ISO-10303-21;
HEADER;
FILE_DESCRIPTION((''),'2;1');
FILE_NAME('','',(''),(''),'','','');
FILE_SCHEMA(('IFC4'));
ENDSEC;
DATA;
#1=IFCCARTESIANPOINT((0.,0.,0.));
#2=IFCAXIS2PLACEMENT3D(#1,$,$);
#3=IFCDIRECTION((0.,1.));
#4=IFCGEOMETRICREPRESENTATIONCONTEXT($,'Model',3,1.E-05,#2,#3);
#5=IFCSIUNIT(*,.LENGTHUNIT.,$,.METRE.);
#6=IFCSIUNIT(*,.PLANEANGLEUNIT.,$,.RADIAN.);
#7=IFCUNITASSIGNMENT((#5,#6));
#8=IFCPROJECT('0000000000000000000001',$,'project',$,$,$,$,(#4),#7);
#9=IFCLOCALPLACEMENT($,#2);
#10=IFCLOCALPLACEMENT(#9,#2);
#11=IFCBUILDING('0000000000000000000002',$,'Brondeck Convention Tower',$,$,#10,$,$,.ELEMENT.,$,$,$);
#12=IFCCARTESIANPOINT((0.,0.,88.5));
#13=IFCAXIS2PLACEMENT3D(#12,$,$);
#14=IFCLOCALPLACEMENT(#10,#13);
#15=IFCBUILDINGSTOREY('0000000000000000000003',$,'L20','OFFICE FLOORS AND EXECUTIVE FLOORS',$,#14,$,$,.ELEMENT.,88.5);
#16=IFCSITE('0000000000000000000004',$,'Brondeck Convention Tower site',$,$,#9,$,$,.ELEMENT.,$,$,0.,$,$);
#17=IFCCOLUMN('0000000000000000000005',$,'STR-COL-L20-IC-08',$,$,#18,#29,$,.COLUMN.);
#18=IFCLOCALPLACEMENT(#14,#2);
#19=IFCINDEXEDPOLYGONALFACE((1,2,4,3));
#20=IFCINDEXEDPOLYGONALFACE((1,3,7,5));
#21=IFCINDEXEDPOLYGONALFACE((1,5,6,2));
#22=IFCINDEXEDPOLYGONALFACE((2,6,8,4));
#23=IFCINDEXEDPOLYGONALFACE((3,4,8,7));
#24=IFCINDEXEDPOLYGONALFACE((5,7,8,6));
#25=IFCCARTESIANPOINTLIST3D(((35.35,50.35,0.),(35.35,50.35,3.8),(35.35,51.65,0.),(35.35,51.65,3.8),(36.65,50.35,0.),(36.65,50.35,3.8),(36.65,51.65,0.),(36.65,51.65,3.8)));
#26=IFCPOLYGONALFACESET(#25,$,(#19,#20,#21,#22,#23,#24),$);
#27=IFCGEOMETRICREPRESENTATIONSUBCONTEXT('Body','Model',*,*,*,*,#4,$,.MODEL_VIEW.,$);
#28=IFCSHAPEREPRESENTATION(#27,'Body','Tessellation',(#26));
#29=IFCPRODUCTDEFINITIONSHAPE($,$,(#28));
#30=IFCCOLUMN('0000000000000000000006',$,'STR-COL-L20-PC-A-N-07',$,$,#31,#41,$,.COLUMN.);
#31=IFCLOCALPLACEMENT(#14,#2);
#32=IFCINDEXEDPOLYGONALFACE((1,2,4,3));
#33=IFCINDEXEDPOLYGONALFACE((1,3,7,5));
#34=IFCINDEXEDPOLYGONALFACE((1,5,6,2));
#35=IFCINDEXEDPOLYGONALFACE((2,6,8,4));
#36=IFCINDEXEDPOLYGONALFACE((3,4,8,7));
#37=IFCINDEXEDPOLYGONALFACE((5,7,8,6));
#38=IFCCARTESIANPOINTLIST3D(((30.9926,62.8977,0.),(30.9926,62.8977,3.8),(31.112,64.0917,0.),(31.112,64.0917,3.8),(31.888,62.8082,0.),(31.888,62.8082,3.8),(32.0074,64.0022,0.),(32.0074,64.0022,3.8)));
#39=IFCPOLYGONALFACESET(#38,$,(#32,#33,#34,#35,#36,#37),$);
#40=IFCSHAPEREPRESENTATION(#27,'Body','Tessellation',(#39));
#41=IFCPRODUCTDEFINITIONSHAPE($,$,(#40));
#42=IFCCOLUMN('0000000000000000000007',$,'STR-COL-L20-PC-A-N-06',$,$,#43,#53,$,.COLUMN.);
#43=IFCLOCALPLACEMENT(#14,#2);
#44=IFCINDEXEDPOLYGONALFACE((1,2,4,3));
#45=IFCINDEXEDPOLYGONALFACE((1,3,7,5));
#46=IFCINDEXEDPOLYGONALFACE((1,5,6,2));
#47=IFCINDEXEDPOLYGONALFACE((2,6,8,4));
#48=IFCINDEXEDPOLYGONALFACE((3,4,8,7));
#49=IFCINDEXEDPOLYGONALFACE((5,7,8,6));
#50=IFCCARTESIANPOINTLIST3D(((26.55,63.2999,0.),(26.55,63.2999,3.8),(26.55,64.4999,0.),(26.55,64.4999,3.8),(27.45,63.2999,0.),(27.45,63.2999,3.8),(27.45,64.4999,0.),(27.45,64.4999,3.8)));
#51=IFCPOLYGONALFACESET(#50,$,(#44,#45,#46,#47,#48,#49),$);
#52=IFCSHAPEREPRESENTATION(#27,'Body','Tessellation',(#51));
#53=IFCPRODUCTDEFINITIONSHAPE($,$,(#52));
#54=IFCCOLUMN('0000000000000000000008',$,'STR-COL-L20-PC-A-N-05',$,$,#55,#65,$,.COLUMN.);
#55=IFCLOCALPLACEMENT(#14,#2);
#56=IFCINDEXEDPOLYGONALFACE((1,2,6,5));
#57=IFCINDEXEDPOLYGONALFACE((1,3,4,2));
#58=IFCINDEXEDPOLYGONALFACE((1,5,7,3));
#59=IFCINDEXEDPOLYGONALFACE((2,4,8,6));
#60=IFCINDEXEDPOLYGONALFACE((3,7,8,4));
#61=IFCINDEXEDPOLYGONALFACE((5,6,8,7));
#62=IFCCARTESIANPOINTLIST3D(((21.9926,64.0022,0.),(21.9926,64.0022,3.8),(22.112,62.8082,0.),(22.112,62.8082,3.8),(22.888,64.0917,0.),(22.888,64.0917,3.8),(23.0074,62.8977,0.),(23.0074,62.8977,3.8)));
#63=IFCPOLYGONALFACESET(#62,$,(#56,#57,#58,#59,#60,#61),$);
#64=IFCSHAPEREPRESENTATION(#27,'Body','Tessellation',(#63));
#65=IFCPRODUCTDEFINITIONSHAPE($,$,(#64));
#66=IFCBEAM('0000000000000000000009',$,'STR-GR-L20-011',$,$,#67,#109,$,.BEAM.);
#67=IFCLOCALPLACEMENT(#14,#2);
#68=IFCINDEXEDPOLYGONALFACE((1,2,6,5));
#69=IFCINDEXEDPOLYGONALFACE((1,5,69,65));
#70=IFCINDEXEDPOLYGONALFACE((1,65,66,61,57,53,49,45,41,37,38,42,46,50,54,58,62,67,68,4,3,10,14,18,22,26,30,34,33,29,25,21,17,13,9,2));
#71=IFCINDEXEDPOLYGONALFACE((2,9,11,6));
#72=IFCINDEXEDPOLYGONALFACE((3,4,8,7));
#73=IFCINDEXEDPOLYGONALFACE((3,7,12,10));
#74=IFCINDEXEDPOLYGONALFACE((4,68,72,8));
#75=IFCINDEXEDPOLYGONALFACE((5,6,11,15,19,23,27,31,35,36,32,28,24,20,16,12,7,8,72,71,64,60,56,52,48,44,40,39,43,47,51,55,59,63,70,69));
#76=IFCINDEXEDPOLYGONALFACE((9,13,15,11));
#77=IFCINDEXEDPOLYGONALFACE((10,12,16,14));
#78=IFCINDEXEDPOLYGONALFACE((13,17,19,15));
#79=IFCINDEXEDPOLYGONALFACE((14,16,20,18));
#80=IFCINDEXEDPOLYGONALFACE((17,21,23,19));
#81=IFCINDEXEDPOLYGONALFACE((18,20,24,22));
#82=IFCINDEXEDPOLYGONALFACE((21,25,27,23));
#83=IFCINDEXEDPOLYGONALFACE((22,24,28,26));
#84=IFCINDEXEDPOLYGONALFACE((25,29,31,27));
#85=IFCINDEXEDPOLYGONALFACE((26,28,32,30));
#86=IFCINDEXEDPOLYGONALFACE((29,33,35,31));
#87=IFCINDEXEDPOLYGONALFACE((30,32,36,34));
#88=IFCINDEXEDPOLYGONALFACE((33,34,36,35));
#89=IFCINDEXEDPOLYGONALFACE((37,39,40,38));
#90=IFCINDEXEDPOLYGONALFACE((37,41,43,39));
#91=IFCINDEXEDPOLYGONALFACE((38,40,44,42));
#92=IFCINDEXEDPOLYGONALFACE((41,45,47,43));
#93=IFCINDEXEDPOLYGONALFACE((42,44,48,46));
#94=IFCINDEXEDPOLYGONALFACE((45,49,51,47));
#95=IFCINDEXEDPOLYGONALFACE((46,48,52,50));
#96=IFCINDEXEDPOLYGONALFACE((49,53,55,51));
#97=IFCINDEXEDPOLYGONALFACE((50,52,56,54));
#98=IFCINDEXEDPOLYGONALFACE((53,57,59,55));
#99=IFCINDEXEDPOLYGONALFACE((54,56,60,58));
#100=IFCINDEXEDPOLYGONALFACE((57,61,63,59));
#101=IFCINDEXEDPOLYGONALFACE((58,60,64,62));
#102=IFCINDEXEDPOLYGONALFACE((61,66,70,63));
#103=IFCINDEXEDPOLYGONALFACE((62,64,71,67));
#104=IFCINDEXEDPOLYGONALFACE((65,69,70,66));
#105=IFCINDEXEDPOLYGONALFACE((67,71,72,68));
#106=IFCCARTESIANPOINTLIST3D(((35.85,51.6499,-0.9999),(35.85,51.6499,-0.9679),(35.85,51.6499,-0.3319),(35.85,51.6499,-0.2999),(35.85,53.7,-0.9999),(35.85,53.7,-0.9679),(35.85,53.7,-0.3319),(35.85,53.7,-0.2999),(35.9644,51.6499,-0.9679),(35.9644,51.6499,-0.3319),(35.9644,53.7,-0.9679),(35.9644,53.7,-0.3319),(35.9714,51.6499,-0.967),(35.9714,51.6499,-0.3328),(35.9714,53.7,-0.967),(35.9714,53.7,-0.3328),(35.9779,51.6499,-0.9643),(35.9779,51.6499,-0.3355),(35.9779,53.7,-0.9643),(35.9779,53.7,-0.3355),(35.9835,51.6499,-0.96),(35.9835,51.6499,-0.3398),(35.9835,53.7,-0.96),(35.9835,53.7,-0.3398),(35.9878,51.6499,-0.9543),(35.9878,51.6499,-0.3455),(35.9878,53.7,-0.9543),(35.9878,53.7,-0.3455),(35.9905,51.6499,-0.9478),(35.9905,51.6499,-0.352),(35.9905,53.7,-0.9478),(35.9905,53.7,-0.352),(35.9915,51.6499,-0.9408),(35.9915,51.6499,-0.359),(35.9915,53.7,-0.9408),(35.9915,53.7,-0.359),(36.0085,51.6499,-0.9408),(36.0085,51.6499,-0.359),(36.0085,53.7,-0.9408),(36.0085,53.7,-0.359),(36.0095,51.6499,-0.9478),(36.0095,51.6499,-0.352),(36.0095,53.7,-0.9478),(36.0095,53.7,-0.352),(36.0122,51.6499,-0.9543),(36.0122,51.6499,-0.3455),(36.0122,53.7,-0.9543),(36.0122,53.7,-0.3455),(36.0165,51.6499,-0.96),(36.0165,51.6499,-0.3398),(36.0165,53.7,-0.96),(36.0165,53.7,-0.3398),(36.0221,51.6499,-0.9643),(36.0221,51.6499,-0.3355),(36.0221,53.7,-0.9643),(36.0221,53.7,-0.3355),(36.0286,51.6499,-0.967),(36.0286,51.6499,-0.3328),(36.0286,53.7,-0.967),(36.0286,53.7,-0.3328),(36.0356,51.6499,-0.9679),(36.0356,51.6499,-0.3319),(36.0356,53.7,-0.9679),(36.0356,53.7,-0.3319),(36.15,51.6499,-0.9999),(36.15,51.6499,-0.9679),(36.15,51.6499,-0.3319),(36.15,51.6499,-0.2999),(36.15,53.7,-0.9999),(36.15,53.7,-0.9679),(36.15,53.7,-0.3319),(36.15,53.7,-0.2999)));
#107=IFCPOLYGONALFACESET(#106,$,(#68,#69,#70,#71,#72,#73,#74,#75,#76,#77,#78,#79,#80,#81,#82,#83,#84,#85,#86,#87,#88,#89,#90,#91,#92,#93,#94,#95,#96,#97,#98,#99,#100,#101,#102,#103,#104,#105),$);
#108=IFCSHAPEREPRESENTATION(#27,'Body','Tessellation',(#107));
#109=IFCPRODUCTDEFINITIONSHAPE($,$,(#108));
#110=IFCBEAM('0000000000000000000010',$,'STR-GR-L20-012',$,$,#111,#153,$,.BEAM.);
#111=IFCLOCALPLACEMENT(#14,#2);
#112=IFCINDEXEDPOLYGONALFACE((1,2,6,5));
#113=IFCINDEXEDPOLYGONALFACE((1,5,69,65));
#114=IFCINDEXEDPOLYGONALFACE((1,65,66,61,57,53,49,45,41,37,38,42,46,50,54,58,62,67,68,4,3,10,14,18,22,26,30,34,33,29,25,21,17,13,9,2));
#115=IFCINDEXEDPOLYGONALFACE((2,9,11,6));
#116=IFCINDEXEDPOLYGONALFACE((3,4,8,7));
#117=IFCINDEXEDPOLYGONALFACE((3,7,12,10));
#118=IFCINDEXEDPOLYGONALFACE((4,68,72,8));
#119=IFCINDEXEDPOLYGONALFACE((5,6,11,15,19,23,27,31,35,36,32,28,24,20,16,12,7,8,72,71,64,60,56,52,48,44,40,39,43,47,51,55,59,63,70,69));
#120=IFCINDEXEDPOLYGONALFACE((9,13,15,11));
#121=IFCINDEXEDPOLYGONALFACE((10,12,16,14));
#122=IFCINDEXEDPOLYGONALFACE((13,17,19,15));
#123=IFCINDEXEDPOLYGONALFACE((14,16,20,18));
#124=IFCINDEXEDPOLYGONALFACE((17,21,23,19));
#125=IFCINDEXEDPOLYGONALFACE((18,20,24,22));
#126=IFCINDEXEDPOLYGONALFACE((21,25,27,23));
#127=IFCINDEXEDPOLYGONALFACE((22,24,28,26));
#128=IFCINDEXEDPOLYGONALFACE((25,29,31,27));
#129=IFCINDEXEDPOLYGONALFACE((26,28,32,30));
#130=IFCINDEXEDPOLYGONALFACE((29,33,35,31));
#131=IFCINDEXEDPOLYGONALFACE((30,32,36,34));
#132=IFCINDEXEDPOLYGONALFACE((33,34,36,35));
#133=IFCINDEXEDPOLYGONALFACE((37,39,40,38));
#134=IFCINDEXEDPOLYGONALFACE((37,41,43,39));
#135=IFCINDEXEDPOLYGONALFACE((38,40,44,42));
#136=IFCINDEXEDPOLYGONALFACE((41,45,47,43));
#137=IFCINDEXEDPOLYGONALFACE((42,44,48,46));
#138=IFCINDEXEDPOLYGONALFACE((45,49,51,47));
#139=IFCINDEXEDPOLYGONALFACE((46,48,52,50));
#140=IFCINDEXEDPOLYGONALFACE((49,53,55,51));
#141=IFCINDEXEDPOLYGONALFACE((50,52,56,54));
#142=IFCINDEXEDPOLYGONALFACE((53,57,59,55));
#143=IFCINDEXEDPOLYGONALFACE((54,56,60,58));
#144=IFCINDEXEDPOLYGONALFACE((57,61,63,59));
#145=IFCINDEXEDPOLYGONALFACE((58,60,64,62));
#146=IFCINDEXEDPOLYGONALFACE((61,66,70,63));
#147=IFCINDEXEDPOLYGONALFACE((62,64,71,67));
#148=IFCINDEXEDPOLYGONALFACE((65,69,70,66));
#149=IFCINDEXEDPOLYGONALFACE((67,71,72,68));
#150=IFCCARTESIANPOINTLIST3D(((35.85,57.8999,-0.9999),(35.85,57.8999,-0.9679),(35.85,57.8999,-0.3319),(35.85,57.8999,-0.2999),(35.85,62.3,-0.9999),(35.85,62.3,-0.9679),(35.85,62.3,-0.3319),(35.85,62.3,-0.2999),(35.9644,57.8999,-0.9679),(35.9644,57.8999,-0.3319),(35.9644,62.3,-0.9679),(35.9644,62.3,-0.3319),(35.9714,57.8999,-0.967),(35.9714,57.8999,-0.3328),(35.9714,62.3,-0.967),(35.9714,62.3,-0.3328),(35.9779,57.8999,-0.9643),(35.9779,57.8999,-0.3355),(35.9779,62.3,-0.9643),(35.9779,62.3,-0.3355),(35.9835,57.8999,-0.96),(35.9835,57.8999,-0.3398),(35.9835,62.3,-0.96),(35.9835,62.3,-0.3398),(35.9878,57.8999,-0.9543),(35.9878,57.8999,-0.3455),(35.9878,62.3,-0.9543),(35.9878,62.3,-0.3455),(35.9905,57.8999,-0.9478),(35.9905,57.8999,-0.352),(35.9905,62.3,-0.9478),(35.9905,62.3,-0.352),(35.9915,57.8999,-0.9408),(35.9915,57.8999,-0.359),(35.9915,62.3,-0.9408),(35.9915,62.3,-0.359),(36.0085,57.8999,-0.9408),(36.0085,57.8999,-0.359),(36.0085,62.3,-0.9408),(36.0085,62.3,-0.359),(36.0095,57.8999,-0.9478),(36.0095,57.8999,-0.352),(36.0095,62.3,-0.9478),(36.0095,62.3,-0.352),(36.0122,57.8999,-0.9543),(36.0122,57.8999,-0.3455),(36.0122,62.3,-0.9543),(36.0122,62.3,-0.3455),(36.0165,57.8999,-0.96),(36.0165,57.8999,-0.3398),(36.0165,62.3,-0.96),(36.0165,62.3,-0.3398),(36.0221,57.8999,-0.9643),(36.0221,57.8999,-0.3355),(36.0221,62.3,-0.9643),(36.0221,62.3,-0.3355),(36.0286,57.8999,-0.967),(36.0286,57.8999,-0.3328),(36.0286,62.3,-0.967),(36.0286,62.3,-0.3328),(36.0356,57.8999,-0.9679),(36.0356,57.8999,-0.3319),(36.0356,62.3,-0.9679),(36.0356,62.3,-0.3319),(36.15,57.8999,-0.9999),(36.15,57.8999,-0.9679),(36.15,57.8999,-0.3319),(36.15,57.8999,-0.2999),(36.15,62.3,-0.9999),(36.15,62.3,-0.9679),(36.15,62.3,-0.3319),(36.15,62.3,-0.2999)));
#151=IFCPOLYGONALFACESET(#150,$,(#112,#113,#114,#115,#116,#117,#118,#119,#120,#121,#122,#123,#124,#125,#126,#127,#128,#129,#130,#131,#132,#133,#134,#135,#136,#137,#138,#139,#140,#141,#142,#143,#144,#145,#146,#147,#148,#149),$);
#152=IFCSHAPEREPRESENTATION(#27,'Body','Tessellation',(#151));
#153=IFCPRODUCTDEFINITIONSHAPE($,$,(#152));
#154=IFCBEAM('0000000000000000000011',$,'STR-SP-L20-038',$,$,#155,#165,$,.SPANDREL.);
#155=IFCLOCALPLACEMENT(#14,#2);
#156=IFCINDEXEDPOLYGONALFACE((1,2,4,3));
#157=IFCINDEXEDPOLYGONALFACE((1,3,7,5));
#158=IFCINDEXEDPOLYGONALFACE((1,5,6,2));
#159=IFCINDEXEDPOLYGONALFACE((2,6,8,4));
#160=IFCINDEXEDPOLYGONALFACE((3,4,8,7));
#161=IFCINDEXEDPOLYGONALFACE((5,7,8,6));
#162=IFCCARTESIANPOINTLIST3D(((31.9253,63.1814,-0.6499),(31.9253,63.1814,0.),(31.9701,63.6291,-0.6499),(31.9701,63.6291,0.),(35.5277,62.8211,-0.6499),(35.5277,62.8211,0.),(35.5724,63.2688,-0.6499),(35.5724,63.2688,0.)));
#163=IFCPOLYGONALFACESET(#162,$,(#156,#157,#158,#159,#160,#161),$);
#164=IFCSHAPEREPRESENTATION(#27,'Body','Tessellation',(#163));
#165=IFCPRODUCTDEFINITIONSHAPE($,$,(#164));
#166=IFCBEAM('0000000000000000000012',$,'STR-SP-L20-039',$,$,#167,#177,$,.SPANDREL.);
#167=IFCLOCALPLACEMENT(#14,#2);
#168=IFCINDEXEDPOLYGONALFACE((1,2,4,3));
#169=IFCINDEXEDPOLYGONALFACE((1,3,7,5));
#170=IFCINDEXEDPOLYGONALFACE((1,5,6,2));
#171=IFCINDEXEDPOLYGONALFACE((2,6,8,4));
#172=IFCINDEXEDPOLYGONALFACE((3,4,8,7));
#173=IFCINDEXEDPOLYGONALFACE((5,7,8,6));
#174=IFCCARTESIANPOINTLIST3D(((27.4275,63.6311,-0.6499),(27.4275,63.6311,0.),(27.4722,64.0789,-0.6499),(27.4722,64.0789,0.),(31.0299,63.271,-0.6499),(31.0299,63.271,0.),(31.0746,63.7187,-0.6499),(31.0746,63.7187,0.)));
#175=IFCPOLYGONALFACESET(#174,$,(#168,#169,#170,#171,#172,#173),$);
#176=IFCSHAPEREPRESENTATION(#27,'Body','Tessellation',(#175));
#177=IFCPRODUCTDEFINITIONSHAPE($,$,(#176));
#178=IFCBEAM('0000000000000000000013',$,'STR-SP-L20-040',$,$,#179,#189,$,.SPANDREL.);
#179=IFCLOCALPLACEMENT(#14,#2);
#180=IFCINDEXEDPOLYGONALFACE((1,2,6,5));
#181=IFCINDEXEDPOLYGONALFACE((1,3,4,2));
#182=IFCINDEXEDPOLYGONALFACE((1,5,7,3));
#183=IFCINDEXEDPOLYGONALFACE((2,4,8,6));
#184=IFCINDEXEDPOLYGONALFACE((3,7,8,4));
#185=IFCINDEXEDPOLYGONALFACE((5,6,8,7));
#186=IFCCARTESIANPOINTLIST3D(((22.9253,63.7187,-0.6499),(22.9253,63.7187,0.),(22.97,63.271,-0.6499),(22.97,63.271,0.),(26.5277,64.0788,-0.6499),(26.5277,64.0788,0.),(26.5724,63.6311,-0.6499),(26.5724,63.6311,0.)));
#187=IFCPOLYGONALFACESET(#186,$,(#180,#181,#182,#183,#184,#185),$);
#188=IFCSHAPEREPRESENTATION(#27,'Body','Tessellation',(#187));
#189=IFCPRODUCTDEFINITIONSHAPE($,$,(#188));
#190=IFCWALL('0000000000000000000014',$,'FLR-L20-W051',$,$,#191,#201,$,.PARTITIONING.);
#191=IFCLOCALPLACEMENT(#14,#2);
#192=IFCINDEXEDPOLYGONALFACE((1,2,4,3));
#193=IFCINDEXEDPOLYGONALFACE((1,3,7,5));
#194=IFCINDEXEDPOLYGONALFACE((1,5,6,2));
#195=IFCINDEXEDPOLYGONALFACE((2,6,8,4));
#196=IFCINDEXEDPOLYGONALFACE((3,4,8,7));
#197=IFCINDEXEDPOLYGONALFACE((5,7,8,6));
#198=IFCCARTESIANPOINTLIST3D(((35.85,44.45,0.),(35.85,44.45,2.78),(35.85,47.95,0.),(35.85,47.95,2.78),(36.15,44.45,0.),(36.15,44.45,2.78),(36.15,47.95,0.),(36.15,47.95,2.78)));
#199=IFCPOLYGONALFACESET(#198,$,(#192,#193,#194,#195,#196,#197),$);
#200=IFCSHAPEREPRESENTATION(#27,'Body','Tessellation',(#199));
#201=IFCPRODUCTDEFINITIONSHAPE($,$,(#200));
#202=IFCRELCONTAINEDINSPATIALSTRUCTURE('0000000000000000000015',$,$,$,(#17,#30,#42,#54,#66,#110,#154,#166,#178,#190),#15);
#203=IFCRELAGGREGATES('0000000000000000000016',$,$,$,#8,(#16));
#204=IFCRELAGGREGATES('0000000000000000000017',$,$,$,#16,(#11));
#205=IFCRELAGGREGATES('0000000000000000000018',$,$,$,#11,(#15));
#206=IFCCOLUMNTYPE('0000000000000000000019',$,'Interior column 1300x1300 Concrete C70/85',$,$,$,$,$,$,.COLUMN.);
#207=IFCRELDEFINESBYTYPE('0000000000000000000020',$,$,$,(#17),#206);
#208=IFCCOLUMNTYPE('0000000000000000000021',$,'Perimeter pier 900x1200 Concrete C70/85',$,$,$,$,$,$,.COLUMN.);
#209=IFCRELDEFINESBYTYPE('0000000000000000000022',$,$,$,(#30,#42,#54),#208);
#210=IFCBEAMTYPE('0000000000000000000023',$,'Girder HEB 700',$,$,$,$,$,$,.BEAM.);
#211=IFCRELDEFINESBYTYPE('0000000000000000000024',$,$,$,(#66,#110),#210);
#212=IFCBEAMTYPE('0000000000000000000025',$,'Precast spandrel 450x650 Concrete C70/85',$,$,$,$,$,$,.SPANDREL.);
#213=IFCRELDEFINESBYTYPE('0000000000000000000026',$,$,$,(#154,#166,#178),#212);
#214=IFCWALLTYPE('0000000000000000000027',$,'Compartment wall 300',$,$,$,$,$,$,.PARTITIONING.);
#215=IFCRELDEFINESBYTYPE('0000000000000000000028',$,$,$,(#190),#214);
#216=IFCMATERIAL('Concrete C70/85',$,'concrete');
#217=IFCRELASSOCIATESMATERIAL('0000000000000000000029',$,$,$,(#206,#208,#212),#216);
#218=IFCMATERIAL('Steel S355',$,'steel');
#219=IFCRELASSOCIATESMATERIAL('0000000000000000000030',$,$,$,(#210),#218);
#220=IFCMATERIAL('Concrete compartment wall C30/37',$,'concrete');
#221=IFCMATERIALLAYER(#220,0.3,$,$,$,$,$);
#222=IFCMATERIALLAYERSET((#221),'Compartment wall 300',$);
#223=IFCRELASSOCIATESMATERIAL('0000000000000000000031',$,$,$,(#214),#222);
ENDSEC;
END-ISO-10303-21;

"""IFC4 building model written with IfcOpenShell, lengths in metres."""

from ifc_helpers import new_model, si_unit, direction, frame, frame_2d, origin, origin_2d, place, context, subcontext, project, spatial, rectangle, i_section, extrude, material, layer, layer_set, material_profile, profile_set, type_object, element, save


model = new_model("IFC4")

# Units and contexts
model_context = context("Model", 3, precision=1e-05, world=origin(), true_north=direction((0.0, 1.0)))
body_context = subcontext(model_context, "Body", "Model", "MODEL_VIEW")
ifc_project = project(units=[si_unit("LENGTHUNIT", "METRE"), si_unit("PLANEANGLEUNIT", "RADIAN")], contexts=[model_context])

# Site, building, storey
site_placement = place(None, origin())
site = spatial("IfcSite", under=ifc_project, at=site_placement, Name="Brondeck Convention Tower site", CompositionType="ELEMENT", RefElevation=0.0)
building_placement = place(site_placement, origin())
building = spatial("IfcBuilding", under=site, at=building_placement, Name="Brondeck Convention Tower", CompositionType="ELEMENT")
storey_placement = place(building_placement, frame((0.0, 0.0, 88.5)))
storey = spatial("IfcBuildingStorey", under=building, at=storey_placement, Name="L20", Description="OFFICE FLOORS AND EXECUTIVE FLOORS", CompositionType="ELEMENT", Elevation=88.5)

# Columns
ifc_material_1 = material(Name="Concrete C70/85", Category="concrete")
ifc_material_profile_1 = material_profile(ifc_material_1, rectangle(XDim=1.3, YDim=1.3, at=origin_2d()), Name="Interior column 1300x1300 Concrete C70/85")
ifc_profile_set_1 = profile_set([ifc_material_profile_1], Name="Concrete C70/85")
column_type_1 = type_object("IfcColumnType", Name="Interior column 1300x1300 Concrete C70/85", PredefinedType="COLUMN", material=ifc_profile_set_1)
column_placement = place(storey_placement, frame((36.0, 51.0, 0.0), z_axis=(0.0, 0.0, 1.0), x_axis=(1.0, 0.0, 0.0)))
element("IfcColumn", 1, at=column_placement, inside=storey, type_object=column_type_1, Name="STR-COL-L20-IC-08", PredefinedType="COLUMN", context=body_context, shape_type="SweptSolid", body=[
    extrude(rectangle(XDim=1.3, YDim=1.3, at=origin_2d()), origin(), (0.0, 0.0, 1.0), 3.8),
])
ifc_material_profile_2 = material_profile(ifc_material_1, rectangle(XDim=0.8999, YDim=1.2, at=origin_2d()), Name="Perimeter pier 900x1200 Concrete C70/85")
ifc_profile_set_2 = profile_set([ifc_material_profile_2], Name="Concrete C70/85")
column_type_2 = type_object("IfcColumnType", Name="Perimeter pier 900x1200 Concrete C70/85", PredefinedType="COLUMN", material=ifc_profile_set_2)
for number, where, z_axis, x_axis, name in (
    (2, (31.5, 63.45, 0.0), (0.0, 0.0, 1.0), (-0.995037, 0.099504, 0.0), "STR-COL-L20-PC-A-N-07"),
    (3, (27.0, 63.8999, 0.0), (0.0, 0.0, 1.0), (-1.0, 0.0, 0.0), "STR-COL-L20-PC-A-N-06"),
    (4, (22.5, 63.45, 0.0), (0.0, 0.0, 1.0), (-0.995037, -0.099504, 0.0), "STR-COL-L20-PC-A-N-05"),
):
    element("IfcColumn", number, at=place(storey_placement, frame(where, z_axis=z_axis, x_axis=x_axis)), inside=storey, type_object=column_type_2, Name=name, PredefinedType="COLUMN", context=body_context, shape_type="SweptSolid", body=[
        extrude(rectangle(XDim=0.8999, YDim=1.2, at=origin_2d()), origin(), (0.0, 0.0, 1.0), 3.8),
    ])

# Beams
ifc_material_2 = material(Name="Steel S355", Category="steel")
ifc_material_profile_3 = material_profile(ifc_material_2, i_section(OverallWidth=0.3, OverallDepth=0.7, WebThickness=0.0171, FlangeThickness=0.032, FilletRadius=0.0271, at=origin_2d()), Name="HEB 700")
ifc_profile_set_3 = profile_set([ifc_material_profile_3], Name="Steel S355")
beam_type_1 = type_object("IfcBeamType", Name="Girder HEB 700", PredefinedType="BEAM", material=ifc_profile_set_3)
beam_1_placement = place(storey_placement, frame((36.0, 51.6499, -0.6499), z_axis=(0.0, 1.0, 0.0), x_axis=(-1.0, 0.0, 0.0)))
element("IfcBeam", 5, at=beam_1_placement, inside=storey, type_object=beam_type_1, Name="STR-GR-L20-011", PredefinedType="BEAM", context=body_context, shape_type="SweptSolid", body=[
    extrude(i_section(OverallWidth=0.3, OverallDepth=0.7, WebThickness=0.0171, FlangeThickness=0.032, FilletRadius=0.0271, at=origin_2d()), origin(), (0.0, 0.0, 1.0), 2.05),
])
beam_2_placement = place(storey_placement, frame((36.0, 57.8999, -0.6499), z_axis=(0.0, 1.0, 0.0), x_axis=(-1.0, 0.0, 0.0)))
element("IfcBeam", 6, at=beam_2_placement, inside=storey, type_object=beam_type_1, Name="STR-GR-L20-012", PredefinedType="BEAM", context=body_context, shape_type="SweptSolid", body=[
    extrude(i_section(OverallWidth=0.3, OverallDepth=0.7, WebThickness=0.0171, FlangeThickness=0.032, FilletRadius=0.0271, at=origin_2d()), origin(), (0.0, 0.0, 1.0), 4.4001),
])
ifc_material_profile_4 = material_profile(ifc_material_1, rectangle(XDim=0.45, YDim=0.6499, at=origin_2d()), Name="Precast spandrel 450x650 Concrete C70/85")
ifc_profile_set_4 = profile_set([ifc_material_profile_4], Name="Concrete C70/85")
beam_type_2 = type_object("IfcBeamType", Name="Precast spandrel 450x650 Concrete C70/85", PredefinedType="SPANDREL", material=ifc_profile_set_4)
for number, where, z_axis, x_axis, name in (
    (7, (35.55, 63.0449, -0.325), (-0.995034, 0.099537, 0.0), (-0.099537, -0.995034, 0.0), "STR-SP-L20-038"),
    (8, (31.0522, 63.4949, -0.325), (-0.995041, 0.09947, 0.0), (-0.09947, -0.995041, 0.0), "STR-SP-L20-039"),
    (9, (26.55, 63.855, -0.325), (-0.995041, -0.09947, 0.0), (0.09947, -0.995041, 0.0), "STR-SP-L20-040"),
):
    element("IfcBeam", number, at=place(storey_placement, frame(where, z_axis=z_axis, x_axis=x_axis)), inside=storey, type_object=beam_type_2, Name=name, PredefinedType="SPANDREL", context=body_context, shape_type="SweptSolid", body=[
        extrude(rectangle(XDim=0.45, YDim=0.6499, at=origin_2d()), origin(), (0.0, 0.0, 1.0), 3.6204),
    ])

# Wall
ifc_material_3 = material(Name="Concrete compartment wall C30/37", Category="concrete")
ifc_layer_1 = layer(ifc_material_3, 0.3)
ifc_layer_set_1 = layer_set([ifc_layer_1], Name="Compartment wall 300")
wall_type_1 = type_object("IfcWallType", Name="Compartment wall 300", PredefinedType="PARTITIONING", material=ifc_layer_set_1)
wall_1_placement = place(storey_placement, frame((36.0, 44.45, 0.0), z_axis=(0.0, 0.0, 1.0), x_axis=(0.0, 1.0, 0.0)))
element("IfcWall", 10, at=wall_1_placement, inside=storey, type_object=wall_type_1, Name="FLR-L20-W051", PredefinedType="PARTITIONING", context=body_context, shape_type="SweptSolid", body=[
    extrude(rectangle(XDim=3.5, YDim=0.3, at=frame_2d((1.75, 0.0))), origin(), (0.0, 0.0, 1.0), 2.78),
])

save(model, "model.ifc")
